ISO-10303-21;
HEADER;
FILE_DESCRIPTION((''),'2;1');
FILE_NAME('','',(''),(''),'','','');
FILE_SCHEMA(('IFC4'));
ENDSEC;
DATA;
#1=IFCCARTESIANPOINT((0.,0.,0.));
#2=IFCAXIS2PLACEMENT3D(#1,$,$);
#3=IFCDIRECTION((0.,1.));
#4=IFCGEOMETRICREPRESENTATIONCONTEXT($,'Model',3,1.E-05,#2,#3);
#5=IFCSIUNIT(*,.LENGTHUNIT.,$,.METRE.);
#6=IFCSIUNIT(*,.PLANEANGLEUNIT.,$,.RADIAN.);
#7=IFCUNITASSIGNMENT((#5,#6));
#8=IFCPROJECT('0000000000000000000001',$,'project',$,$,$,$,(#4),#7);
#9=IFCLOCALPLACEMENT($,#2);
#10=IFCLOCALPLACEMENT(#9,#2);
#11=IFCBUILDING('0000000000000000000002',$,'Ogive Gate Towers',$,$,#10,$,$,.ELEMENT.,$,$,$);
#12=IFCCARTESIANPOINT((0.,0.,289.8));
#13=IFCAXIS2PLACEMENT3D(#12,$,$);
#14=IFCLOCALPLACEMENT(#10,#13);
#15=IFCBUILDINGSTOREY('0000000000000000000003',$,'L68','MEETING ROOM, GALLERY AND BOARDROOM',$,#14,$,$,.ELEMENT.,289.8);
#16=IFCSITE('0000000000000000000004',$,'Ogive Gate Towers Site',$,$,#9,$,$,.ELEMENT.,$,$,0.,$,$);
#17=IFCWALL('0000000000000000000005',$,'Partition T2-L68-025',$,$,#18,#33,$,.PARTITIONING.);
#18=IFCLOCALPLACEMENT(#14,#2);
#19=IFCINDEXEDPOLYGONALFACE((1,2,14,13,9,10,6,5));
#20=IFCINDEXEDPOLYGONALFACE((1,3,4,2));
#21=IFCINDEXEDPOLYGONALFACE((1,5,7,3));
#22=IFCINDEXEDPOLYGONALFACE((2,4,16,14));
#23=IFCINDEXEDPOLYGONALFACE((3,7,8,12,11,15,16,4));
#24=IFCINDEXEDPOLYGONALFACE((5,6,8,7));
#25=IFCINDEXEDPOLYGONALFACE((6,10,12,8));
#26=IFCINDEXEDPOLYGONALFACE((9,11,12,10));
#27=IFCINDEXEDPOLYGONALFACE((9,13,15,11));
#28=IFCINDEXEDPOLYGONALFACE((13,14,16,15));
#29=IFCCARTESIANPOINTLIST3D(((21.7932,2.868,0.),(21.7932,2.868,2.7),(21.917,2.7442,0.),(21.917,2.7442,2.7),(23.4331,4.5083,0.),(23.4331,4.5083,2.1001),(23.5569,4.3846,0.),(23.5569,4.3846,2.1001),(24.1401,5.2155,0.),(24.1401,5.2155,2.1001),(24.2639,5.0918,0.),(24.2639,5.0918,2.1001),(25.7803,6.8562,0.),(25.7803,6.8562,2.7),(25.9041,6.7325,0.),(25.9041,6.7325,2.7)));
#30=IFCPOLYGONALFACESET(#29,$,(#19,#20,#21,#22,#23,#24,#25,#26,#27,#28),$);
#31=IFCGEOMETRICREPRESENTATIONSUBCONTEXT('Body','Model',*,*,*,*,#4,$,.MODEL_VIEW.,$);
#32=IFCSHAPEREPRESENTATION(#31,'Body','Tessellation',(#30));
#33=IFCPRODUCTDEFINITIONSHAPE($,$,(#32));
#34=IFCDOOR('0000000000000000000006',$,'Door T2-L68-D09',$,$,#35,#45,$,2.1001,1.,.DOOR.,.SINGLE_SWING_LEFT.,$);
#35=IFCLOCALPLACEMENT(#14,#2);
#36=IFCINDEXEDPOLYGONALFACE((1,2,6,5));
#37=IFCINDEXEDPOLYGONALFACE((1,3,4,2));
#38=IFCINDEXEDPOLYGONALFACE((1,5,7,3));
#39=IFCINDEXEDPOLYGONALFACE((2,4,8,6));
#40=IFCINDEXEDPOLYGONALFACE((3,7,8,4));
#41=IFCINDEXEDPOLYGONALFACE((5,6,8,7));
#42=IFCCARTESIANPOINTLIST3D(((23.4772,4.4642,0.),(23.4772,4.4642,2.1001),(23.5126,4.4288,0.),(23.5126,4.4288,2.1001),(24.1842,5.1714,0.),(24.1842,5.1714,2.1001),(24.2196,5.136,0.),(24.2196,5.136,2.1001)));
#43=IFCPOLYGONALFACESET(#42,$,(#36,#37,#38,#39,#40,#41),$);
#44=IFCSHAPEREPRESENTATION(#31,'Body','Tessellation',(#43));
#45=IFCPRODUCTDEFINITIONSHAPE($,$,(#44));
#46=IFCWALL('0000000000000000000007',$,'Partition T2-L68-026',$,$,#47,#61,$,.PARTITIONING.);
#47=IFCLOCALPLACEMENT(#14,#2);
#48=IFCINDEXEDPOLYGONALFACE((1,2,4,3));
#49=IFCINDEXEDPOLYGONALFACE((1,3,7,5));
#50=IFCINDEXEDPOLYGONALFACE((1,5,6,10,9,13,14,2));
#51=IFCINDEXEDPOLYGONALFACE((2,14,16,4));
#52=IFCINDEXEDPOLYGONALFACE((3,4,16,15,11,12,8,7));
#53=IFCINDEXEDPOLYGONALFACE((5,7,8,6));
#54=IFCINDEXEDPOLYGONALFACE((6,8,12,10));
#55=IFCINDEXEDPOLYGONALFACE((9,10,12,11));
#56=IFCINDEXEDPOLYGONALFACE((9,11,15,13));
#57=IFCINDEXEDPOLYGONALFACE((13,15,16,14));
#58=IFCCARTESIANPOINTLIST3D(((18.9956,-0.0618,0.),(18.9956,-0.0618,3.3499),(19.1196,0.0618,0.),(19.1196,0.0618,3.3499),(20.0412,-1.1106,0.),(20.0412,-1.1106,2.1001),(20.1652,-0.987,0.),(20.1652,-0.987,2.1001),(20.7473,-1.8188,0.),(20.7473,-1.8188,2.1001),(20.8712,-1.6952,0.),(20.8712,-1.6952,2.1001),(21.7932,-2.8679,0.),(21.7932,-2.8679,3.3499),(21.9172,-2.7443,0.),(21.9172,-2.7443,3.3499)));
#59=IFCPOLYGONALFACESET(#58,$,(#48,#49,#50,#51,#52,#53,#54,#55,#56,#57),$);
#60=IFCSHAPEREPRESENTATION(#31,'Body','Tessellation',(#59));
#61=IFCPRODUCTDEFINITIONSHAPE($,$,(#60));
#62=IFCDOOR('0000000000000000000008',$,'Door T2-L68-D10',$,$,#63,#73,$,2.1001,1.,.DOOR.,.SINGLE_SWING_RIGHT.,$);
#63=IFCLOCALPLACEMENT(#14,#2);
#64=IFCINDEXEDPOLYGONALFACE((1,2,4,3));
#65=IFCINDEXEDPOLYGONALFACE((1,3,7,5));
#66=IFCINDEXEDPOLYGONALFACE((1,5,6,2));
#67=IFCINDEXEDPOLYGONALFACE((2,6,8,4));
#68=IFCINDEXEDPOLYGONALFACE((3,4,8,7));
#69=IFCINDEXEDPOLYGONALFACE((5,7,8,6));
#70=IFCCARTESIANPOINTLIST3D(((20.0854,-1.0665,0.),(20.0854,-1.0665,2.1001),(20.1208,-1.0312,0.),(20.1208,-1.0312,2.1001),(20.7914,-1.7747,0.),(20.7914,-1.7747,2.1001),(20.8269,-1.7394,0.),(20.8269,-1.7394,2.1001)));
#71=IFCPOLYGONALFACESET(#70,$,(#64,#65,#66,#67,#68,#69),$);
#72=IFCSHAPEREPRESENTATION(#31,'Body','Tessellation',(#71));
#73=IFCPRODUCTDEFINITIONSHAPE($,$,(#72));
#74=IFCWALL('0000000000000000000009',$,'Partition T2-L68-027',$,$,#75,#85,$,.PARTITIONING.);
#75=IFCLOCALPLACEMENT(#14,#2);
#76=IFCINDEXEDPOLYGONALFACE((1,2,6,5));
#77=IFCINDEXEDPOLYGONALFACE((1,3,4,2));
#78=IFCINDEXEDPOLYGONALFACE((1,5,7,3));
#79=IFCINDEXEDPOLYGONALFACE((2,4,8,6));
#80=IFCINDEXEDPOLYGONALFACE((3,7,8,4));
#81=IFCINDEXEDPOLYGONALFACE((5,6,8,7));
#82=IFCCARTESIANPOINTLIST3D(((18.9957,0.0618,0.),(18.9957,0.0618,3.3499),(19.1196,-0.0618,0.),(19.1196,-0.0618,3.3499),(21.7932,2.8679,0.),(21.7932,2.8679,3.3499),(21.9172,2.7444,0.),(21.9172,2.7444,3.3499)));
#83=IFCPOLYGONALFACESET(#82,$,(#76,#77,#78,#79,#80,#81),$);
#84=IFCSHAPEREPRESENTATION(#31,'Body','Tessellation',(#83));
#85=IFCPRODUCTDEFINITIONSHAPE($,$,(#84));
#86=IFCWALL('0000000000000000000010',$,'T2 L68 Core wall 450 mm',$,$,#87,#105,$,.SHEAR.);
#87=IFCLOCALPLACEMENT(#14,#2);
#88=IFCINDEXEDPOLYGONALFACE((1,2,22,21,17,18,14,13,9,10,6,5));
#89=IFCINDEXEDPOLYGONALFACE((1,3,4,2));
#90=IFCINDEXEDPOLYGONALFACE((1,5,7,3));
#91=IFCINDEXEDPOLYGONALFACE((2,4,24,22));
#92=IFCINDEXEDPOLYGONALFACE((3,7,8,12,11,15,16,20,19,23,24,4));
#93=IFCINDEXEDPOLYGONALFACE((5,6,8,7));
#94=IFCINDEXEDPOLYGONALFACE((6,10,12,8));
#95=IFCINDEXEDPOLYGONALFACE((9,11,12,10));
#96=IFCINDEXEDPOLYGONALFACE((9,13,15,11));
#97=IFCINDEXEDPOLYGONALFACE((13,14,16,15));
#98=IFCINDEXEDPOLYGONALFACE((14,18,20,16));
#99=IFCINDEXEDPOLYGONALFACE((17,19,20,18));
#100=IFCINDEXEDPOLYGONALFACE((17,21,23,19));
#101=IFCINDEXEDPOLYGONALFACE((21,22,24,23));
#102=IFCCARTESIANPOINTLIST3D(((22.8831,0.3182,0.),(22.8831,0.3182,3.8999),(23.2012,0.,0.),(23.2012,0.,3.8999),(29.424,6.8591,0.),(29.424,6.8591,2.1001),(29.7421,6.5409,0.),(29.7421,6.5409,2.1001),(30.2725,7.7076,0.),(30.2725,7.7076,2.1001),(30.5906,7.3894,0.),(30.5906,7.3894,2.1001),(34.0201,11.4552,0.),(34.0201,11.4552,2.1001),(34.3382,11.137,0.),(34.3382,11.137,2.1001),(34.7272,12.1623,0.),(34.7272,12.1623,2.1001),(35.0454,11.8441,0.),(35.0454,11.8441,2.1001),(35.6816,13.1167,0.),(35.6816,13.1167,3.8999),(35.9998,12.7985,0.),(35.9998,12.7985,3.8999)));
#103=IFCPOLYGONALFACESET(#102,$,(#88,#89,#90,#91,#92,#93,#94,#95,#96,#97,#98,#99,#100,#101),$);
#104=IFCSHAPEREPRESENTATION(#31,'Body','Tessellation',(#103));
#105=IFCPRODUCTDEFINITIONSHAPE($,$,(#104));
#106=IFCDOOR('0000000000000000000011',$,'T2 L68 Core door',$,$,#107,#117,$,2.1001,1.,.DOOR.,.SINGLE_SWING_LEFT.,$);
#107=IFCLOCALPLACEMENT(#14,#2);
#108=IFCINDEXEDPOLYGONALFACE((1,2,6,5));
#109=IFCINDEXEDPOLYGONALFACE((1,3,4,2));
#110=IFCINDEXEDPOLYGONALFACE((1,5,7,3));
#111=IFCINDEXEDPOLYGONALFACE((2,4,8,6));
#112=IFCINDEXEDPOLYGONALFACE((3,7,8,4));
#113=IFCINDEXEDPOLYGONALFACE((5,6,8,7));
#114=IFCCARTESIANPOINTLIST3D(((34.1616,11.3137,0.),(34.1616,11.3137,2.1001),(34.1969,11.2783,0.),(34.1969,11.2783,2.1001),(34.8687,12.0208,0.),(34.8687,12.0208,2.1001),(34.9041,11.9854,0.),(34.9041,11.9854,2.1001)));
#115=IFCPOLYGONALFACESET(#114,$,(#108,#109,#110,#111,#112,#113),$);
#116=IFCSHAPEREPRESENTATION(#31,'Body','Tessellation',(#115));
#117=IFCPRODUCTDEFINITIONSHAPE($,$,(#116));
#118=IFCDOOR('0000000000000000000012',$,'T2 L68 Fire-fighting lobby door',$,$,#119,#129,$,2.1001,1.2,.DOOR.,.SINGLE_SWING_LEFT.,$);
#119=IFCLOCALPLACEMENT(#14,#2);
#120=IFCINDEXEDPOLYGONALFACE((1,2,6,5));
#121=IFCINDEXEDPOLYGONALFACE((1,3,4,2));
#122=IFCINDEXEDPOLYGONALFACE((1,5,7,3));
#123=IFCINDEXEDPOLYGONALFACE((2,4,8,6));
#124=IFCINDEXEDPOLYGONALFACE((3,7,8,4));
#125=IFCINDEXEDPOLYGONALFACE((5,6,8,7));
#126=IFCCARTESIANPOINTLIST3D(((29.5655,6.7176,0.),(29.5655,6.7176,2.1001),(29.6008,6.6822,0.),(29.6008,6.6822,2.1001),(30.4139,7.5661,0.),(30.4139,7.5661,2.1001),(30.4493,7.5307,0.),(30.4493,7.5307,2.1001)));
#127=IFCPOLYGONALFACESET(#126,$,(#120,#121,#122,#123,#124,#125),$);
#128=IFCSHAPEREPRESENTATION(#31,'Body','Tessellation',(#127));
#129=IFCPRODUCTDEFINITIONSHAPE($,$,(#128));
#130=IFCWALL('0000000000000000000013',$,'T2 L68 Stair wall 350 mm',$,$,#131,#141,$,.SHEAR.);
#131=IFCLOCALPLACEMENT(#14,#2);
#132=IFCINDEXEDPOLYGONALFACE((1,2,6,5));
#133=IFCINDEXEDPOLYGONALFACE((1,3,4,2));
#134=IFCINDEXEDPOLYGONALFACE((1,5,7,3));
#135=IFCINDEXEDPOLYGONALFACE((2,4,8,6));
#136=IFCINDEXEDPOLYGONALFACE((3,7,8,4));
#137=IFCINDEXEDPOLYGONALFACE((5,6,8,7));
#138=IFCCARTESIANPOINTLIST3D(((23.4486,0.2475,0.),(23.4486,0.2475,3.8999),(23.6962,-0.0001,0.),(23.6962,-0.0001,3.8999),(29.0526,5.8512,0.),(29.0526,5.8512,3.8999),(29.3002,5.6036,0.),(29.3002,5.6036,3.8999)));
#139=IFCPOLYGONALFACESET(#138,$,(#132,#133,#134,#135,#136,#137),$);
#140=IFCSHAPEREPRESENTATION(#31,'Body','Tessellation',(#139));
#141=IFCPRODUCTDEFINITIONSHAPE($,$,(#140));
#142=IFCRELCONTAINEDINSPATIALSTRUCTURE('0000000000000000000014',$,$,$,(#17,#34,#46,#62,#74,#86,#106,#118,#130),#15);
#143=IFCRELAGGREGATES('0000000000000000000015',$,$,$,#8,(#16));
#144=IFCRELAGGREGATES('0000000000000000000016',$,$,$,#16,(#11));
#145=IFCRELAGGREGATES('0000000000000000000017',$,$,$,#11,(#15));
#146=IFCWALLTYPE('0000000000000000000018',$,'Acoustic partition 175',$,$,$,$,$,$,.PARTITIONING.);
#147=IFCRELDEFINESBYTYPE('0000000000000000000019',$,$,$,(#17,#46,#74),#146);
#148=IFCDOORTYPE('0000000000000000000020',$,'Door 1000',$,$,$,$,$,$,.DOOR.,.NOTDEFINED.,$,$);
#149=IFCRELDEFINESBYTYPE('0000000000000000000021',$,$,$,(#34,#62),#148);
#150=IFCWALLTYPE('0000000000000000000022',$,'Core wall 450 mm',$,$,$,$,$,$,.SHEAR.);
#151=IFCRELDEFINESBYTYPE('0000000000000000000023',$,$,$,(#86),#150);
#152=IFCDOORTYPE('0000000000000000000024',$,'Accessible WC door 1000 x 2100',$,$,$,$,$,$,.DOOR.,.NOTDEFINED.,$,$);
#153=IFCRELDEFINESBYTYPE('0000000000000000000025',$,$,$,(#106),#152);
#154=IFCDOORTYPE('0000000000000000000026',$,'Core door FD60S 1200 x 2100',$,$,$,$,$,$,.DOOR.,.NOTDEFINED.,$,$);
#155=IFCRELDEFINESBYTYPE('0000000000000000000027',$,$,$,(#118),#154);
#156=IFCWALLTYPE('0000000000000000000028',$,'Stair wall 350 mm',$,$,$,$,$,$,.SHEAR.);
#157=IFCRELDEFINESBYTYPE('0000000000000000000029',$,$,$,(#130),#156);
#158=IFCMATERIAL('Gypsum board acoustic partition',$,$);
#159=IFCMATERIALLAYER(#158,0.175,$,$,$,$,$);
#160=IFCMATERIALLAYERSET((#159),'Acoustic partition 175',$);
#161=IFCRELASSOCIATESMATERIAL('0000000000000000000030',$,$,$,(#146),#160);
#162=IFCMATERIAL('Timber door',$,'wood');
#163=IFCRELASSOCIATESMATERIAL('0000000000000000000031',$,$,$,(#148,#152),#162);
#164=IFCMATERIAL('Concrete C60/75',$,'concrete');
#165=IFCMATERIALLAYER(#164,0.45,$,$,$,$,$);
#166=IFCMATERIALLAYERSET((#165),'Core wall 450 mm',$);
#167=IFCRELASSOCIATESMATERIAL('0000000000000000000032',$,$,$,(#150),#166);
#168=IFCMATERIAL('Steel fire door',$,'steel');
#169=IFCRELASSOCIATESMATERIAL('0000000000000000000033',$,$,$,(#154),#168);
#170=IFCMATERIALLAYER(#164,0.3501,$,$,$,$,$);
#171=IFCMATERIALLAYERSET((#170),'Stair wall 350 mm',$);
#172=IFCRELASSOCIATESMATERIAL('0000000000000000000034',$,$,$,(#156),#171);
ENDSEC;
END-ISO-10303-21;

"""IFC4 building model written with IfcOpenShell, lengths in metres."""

from ifc_helpers import new_model, si_unit, direction, frame, frame_2d, origin, place, context, subcontext, project, spatial, rectangle, extrude, material, layer, layer_set, type_object, element, fill, save


model = new_model("IFC4")

# Units and contexts
model_context = context("Model", 3, precision=1e-05, world=origin(), true_north=direction((0.0, 1.0)))
body_context = subcontext(model_context, "Body", "Model", "MODEL_VIEW")
ifc_project = project(units=[si_unit("LENGTHUNIT", "METRE"), si_unit("PLANEANGLEUNIT", "RADIAN")], contexts=[model_context])

# Site, building, storey
site_placement = place(None, origin())
site = spatial("IfcSite", under=ifc_project, at=site_placement, Name="Ogive Gate Towers Site", CompositionType="ELEMENT", RefElevation=0.0)
building_placement = place(site_placement, origin())
building = spatial("IfcBuilding", under=site, at=building_placement, Name="Ogive Gate Towers", CompositionType="ELEMENT")
storey_placement = place(building_placement, frame((0.0, 0.0, 289.8)))
storey = spatial("IfcBuildingStorey", under=building, at=storey_placement, Name="L68", Description="MEETING ROOM, GALLERY AND BOARDROOM", CompositionType="ELEMENT", Elevation=289.8)

# Shared definitions
ifc_material_1 = material(Name="Gypsum board acoustic partition")
ifc_layer_1 = layer(ifc_material_1, 0.175)
ifc_layer_set_1 = layer_set([ifc_layer_1], Name="Acoustic partition 175")
wall_type_1 = type_object("IfcWallType", Name="Acoustic partition 175", PredefinedType="PARTITIONING", material=ifc_layer_set_1)

# Walls, openings, doors
wall_1_placement = place(storey_placement, frame((25.8423, 6.7944, 0.0), z_axis=(0.0, 0.0, 1.0), x_axis=(-0.706999, -0.707215, 0.0)))
wall_1 = element("IfcWall", 1, at=wall_1_placement, inside=storey, type_object=wall_type_1, Name="Partition T2-L68-025", PredefinedType="PARTITIONING", context=body_context, shape_type="SweptSolid", body=[
    extrude(rectangle(XDim=5.6394, YDim=0.175, at=frame_2d((2.8198, 0.0))), origin(), (0.0, 0.0, 1.0), 2.7),
])
opening_1_placement = place(wall_1_placement, frame((2.3201, 0.0, 0.0)))
opening_1 = element("IfcOpeningElement", 2, at=opening_1_placement, cuts=wall_1, PredefinedType="OPENING", context=body_context, shape_type="SweptSolid", body=[
    extrude(rectangle(XDim=1.0, YDim=2.1001, at=frame_2d((0.5, 1.05))), frame((0.0, 0.0977, 0.0), z_axis=(0.0, -1.0, 0.0), x_axis=(1.0, 0.0, 0.0)), (0.0, 0.0, 1.0), 0.1951),
])
ifc_material_2 = material(Name="Timber door", Category="wood")
door_type_1 = type_object("IfcDoorType", Name="Door 1000", OperationType="NOTDEFINED", PredefinedType="DOOR", material=ifc_material_2)
door_1_placement = place(opening_1_placement, origin())
door_1 = element("IfcDoor", 3, at=door_1_placement, inside=storey, type_object=door_type_1, Name="Door T2-L68-D09", OperationType="SINGLE_SWING_LEFT", OverallHeight=2.1001, OverallWidth=1.0, PredefinedType="DOOR", context=body_context, shape_type="SweptSolid", body=[
    extrude(rectangle(XDim=1.0, YDim=2.1001, at=frame_2d((0.5, 1.05))), frame((0.0, 0.0249, 0.0), z_axis=(0.0, -1.0, 0.0), x_axis=(1.0, 0.0, 0.0)), (0.0, 0.0, 1.0), 0.05),
])
fill(opening_1, door_1)
wall_2_placement = place(storey_placement, frame((19.0576, 0.0, 0.0), z_axis=(0.0, 0.0, 1.0), x_axis=(0.706028, -0.708184, 0.0)))
wall_2 = element("IfcWall", 4, at=wall_2_placement, inside=storey, type_object=wall_type_1, Name="Partition T2-L68-026", PredefinedType="PARTITIONING", context=body_context, shape_type="SweptSolid", body=[
    extrude(rectangle(XDim=3.9624, YDim=0.175, at=frame_2d((1.9812, 0.0))), origin(), (0.0, 0.0, 1.0), 3.3499),
])
opening_2_placement = place(wall_2_placement, frame((1.481, 0.0, 0.0)))
opening_2 = element("IfcOpeningElement", 5, at=opening_2_placement, cuts=wall_2, PredefinedType="OPENING", context=body_context, shape_type="SweptSolid", body=[
    extrude(rectangle(XDim=1.0, YDim=2.1001, at=frame_2d((0.5, 1.05))), frame((0.0, 0.0977, 0.0), z_axis=(0.0, -1.0, 0.0), x_axis=(1.0, 0.0, 0.0)), (0.0, 0.0, 1.0), 0.1951),
])
door_2_placement = place(opening_2_placement, origin())
door_2 = element("IfcDoor", 6, at=door_2_placement, inside=storey, type_object=door_type_1, Name="Door T2-L68-D10", OperationType="SINGLE_SWING_RIGHT", OverallHeight=2.1001, OverallWidth=1.0, PredefinedType="DOOR", context=body_context, shape_type="SweptSolid", body=[
    extrude(rectangle(XDim=1.0, YDim=2.1001, at=frame_2d((0.5, 1.05))), frame((0.0, 0.0249, 0.0), z_axis=(0.0, -1.0, 0.0), x_axis=(1.0, 0.0, 0.0)), (0.0, 0.0, 1.0), 0.05),
])
fill(opening_2, door_2)

# Wall
wall_3_placement = place(storey_placement, frame((21.8552, 2.8062, 0.0), z_axis=(0.0, 0.0, 1.0), x_axis=(-0.706028, -0.708184, 0.0)))
element("IfcWall", 7, at=wall_3_placement, inside=storey, type_object=wall_type_1, Name="Partition T2-L68-027", PredefinedType="PARTITIONING", context=body_context, shape_type="SweptSolid", body=[
    extrude(rectangle(XDim=3.9624, YDim=0.175, at=frame_2d((1.9812, 0.0))), origin(), (0.0, 0.0, 1.0), 3.3499),
])

# Wall, openings, doors
ifc_material_3 = material(Name="Concrete C60/75", Category="concrete")
ifc_layer_2 = layer(ifc_material_3, 0.45)
ifc_layer_set_2 = layer_set([ifc_layer_2], Name="Core wall 450 mm")
wall_type_2 = type_object("IfcWallType", Name="Core wall 450 mm", PredefinedType="SHEAR", material=ifc_layer_set_2)
wall_4_placement = place(storey_placement, frame((23.0422, 0.1592, 0.0), z_axis=(0.0, 0.0, 1.0), x_axis=(0.707107, 0.707107, 0.0)))
wall_4 = element("IfcWall", 8, at=wall_4_placement, inside=storey, type_object=wall_type_2, Name="T2 L68 Core wall 450 mm", PredefinedType="SHEAR", context=body_context, shape_type="SweptSolid", body=[
    extrude(rectangle(XDim=18.0999, YDim=0.45, at=frame_2d((9.0498, 0.0))), origin(), (0.0, 0.0, 1.0), 3.8999),
])
opening_3_placement = place(wall_4_placement, frame((9.25, 0.0, 0.0)))
opening_3 = element("IfcOpeningElement", 9, at=opening_3_placement, cuts=wall_4, PredefinedType="OPENING", context=body_context, shape_type="SweptSolid", body=[
    extrude(rectangle(XDim=1.2, YDim=2.1001, at=frame_2d((0.6001, 1.05))), frame((0.0, 0.2349, 0.0), z_axis=(0.0, -1.0, 0.0), x_axis=(1.0, 0.0, 0.0)), (0.0, 0.0, 1.0), 0.47),
])
opening_4_placement = place(wall_4_placement, frame((15.75, 0.0, 0.0)))
opening_4 = element("IfcOpeningElement", 10, at=opening_4_placement, cuts=wall_4, PredefinedType="OPENING", context=body_context, shape_type="SweptSolid", body=[
    extrude(rectangle(XDim=1.0, YDim=2.1001, at=frame_2d((0.5, 1.05))), frame((0.0, 0.2349, 0.0), z_axis=(0.0, -1.0, 0.0), x_axis=(1.0, 0.0, 0.0)), (0.0, 0.0, 1.0), 0.47),
])
door_type_2 = type_object("IfcDoorType", Name="Accessible WC door 1000 x 2100", OperationType="NOTDEFINED", PredefinedType="DOOR", material=ifc_material_2)
door_3_placement = place(opening_4_placement, origin())
door_3 = element("IfcDoor", 11, at=door_3_placement, inside=storey, type_object=door_type_2, Name="T2 L68 Core door", OperationType="SINGLE_SWING_LEFT", OverallHeight=2.1001, OverallWidth=1.0, PredefinedType="DOOR", context=body_context, shape_type="SweptSolid", body=[
    extrude(rectangle(XDim=1.0, YDim=2.1001, at=frame_2d((0.5, 1.05))), frame((0.0, 0.0249, 0.0), z_axis=(0.0, -1.0, 0.0), x_axis=(1.0, 0.0, 0.0)), (0.0, 0.0, 1.0), 0.05),
])
fill(opening_4, door_3)
ifc_material_4 = material(Name="Steel fire door", Category="steel")
door_type_3 = type_object("IfcDoorType", Name="Core door FD60S 1200 x 2100", OperationType="NOTDEFINED", PredefinedType="DOOR", material=ifc_material_4)
door_4_placement = place(opening_3_placement, origin())
door_4 = element("IfcDoor", 12, at=door_4_placement, inside=storey, type_object=door_type_3, Name="T2 L68 Fire-fighting lobby door", OperationType="SINGLE_SWING_LEFT", OverallHeight=2.1001, OverallWidth=1.2, PredefinedType="DOOR", context=body_context, shape_type="SweptSolid", body=[
    extrude(rectangle(XDim=1.2, YDim=2.1001, at=frame_2d((0.6001, 1.05))), frame((0.0, 0.0249, 0.0), z_axis=(0.0, -1.0, 0.0), x_axis=(1.0, 0.0, 0.0)), (0.0, 0.0, 1.0), 0.05),
])
fill(opening_3, door_4)

# Wall
ifc_layer_3 = layer(ifc_material_3, 0.3501)
ifc_layer_set_3 = layer_set([ifc_layer_3], Name="Stair wall 350 mm")
wall_type_3 = type_object("IfcWallType", Name="Stair wall 350 mm", PredefinedType="SHEAR", material=ifc_layer_set_3)
wall_5_placement = place(storey_placement, frame((23.5725, 0.1238, 0.0), z_axis=(0.0, 0.0, 1.0), x_axis=(0.707122, 0.707091, 0.0)))
element("IfcWall", 13, at=wall_5_placement, inside=storey, type_object=wall_type_3, Name="T2 L68 Stair wall 350 mm", PredefinedType="SHEAR", context=body_context, shape_type="SweptSolid", body=[
    extrude(rectangle(XDim=7.925, YDim=0.3501, at=frame_2d((3.9624, 0.0))), origin(), (0.0, 0.0, 1.0), 3.8999),
])

save(model, "model.ifc")
